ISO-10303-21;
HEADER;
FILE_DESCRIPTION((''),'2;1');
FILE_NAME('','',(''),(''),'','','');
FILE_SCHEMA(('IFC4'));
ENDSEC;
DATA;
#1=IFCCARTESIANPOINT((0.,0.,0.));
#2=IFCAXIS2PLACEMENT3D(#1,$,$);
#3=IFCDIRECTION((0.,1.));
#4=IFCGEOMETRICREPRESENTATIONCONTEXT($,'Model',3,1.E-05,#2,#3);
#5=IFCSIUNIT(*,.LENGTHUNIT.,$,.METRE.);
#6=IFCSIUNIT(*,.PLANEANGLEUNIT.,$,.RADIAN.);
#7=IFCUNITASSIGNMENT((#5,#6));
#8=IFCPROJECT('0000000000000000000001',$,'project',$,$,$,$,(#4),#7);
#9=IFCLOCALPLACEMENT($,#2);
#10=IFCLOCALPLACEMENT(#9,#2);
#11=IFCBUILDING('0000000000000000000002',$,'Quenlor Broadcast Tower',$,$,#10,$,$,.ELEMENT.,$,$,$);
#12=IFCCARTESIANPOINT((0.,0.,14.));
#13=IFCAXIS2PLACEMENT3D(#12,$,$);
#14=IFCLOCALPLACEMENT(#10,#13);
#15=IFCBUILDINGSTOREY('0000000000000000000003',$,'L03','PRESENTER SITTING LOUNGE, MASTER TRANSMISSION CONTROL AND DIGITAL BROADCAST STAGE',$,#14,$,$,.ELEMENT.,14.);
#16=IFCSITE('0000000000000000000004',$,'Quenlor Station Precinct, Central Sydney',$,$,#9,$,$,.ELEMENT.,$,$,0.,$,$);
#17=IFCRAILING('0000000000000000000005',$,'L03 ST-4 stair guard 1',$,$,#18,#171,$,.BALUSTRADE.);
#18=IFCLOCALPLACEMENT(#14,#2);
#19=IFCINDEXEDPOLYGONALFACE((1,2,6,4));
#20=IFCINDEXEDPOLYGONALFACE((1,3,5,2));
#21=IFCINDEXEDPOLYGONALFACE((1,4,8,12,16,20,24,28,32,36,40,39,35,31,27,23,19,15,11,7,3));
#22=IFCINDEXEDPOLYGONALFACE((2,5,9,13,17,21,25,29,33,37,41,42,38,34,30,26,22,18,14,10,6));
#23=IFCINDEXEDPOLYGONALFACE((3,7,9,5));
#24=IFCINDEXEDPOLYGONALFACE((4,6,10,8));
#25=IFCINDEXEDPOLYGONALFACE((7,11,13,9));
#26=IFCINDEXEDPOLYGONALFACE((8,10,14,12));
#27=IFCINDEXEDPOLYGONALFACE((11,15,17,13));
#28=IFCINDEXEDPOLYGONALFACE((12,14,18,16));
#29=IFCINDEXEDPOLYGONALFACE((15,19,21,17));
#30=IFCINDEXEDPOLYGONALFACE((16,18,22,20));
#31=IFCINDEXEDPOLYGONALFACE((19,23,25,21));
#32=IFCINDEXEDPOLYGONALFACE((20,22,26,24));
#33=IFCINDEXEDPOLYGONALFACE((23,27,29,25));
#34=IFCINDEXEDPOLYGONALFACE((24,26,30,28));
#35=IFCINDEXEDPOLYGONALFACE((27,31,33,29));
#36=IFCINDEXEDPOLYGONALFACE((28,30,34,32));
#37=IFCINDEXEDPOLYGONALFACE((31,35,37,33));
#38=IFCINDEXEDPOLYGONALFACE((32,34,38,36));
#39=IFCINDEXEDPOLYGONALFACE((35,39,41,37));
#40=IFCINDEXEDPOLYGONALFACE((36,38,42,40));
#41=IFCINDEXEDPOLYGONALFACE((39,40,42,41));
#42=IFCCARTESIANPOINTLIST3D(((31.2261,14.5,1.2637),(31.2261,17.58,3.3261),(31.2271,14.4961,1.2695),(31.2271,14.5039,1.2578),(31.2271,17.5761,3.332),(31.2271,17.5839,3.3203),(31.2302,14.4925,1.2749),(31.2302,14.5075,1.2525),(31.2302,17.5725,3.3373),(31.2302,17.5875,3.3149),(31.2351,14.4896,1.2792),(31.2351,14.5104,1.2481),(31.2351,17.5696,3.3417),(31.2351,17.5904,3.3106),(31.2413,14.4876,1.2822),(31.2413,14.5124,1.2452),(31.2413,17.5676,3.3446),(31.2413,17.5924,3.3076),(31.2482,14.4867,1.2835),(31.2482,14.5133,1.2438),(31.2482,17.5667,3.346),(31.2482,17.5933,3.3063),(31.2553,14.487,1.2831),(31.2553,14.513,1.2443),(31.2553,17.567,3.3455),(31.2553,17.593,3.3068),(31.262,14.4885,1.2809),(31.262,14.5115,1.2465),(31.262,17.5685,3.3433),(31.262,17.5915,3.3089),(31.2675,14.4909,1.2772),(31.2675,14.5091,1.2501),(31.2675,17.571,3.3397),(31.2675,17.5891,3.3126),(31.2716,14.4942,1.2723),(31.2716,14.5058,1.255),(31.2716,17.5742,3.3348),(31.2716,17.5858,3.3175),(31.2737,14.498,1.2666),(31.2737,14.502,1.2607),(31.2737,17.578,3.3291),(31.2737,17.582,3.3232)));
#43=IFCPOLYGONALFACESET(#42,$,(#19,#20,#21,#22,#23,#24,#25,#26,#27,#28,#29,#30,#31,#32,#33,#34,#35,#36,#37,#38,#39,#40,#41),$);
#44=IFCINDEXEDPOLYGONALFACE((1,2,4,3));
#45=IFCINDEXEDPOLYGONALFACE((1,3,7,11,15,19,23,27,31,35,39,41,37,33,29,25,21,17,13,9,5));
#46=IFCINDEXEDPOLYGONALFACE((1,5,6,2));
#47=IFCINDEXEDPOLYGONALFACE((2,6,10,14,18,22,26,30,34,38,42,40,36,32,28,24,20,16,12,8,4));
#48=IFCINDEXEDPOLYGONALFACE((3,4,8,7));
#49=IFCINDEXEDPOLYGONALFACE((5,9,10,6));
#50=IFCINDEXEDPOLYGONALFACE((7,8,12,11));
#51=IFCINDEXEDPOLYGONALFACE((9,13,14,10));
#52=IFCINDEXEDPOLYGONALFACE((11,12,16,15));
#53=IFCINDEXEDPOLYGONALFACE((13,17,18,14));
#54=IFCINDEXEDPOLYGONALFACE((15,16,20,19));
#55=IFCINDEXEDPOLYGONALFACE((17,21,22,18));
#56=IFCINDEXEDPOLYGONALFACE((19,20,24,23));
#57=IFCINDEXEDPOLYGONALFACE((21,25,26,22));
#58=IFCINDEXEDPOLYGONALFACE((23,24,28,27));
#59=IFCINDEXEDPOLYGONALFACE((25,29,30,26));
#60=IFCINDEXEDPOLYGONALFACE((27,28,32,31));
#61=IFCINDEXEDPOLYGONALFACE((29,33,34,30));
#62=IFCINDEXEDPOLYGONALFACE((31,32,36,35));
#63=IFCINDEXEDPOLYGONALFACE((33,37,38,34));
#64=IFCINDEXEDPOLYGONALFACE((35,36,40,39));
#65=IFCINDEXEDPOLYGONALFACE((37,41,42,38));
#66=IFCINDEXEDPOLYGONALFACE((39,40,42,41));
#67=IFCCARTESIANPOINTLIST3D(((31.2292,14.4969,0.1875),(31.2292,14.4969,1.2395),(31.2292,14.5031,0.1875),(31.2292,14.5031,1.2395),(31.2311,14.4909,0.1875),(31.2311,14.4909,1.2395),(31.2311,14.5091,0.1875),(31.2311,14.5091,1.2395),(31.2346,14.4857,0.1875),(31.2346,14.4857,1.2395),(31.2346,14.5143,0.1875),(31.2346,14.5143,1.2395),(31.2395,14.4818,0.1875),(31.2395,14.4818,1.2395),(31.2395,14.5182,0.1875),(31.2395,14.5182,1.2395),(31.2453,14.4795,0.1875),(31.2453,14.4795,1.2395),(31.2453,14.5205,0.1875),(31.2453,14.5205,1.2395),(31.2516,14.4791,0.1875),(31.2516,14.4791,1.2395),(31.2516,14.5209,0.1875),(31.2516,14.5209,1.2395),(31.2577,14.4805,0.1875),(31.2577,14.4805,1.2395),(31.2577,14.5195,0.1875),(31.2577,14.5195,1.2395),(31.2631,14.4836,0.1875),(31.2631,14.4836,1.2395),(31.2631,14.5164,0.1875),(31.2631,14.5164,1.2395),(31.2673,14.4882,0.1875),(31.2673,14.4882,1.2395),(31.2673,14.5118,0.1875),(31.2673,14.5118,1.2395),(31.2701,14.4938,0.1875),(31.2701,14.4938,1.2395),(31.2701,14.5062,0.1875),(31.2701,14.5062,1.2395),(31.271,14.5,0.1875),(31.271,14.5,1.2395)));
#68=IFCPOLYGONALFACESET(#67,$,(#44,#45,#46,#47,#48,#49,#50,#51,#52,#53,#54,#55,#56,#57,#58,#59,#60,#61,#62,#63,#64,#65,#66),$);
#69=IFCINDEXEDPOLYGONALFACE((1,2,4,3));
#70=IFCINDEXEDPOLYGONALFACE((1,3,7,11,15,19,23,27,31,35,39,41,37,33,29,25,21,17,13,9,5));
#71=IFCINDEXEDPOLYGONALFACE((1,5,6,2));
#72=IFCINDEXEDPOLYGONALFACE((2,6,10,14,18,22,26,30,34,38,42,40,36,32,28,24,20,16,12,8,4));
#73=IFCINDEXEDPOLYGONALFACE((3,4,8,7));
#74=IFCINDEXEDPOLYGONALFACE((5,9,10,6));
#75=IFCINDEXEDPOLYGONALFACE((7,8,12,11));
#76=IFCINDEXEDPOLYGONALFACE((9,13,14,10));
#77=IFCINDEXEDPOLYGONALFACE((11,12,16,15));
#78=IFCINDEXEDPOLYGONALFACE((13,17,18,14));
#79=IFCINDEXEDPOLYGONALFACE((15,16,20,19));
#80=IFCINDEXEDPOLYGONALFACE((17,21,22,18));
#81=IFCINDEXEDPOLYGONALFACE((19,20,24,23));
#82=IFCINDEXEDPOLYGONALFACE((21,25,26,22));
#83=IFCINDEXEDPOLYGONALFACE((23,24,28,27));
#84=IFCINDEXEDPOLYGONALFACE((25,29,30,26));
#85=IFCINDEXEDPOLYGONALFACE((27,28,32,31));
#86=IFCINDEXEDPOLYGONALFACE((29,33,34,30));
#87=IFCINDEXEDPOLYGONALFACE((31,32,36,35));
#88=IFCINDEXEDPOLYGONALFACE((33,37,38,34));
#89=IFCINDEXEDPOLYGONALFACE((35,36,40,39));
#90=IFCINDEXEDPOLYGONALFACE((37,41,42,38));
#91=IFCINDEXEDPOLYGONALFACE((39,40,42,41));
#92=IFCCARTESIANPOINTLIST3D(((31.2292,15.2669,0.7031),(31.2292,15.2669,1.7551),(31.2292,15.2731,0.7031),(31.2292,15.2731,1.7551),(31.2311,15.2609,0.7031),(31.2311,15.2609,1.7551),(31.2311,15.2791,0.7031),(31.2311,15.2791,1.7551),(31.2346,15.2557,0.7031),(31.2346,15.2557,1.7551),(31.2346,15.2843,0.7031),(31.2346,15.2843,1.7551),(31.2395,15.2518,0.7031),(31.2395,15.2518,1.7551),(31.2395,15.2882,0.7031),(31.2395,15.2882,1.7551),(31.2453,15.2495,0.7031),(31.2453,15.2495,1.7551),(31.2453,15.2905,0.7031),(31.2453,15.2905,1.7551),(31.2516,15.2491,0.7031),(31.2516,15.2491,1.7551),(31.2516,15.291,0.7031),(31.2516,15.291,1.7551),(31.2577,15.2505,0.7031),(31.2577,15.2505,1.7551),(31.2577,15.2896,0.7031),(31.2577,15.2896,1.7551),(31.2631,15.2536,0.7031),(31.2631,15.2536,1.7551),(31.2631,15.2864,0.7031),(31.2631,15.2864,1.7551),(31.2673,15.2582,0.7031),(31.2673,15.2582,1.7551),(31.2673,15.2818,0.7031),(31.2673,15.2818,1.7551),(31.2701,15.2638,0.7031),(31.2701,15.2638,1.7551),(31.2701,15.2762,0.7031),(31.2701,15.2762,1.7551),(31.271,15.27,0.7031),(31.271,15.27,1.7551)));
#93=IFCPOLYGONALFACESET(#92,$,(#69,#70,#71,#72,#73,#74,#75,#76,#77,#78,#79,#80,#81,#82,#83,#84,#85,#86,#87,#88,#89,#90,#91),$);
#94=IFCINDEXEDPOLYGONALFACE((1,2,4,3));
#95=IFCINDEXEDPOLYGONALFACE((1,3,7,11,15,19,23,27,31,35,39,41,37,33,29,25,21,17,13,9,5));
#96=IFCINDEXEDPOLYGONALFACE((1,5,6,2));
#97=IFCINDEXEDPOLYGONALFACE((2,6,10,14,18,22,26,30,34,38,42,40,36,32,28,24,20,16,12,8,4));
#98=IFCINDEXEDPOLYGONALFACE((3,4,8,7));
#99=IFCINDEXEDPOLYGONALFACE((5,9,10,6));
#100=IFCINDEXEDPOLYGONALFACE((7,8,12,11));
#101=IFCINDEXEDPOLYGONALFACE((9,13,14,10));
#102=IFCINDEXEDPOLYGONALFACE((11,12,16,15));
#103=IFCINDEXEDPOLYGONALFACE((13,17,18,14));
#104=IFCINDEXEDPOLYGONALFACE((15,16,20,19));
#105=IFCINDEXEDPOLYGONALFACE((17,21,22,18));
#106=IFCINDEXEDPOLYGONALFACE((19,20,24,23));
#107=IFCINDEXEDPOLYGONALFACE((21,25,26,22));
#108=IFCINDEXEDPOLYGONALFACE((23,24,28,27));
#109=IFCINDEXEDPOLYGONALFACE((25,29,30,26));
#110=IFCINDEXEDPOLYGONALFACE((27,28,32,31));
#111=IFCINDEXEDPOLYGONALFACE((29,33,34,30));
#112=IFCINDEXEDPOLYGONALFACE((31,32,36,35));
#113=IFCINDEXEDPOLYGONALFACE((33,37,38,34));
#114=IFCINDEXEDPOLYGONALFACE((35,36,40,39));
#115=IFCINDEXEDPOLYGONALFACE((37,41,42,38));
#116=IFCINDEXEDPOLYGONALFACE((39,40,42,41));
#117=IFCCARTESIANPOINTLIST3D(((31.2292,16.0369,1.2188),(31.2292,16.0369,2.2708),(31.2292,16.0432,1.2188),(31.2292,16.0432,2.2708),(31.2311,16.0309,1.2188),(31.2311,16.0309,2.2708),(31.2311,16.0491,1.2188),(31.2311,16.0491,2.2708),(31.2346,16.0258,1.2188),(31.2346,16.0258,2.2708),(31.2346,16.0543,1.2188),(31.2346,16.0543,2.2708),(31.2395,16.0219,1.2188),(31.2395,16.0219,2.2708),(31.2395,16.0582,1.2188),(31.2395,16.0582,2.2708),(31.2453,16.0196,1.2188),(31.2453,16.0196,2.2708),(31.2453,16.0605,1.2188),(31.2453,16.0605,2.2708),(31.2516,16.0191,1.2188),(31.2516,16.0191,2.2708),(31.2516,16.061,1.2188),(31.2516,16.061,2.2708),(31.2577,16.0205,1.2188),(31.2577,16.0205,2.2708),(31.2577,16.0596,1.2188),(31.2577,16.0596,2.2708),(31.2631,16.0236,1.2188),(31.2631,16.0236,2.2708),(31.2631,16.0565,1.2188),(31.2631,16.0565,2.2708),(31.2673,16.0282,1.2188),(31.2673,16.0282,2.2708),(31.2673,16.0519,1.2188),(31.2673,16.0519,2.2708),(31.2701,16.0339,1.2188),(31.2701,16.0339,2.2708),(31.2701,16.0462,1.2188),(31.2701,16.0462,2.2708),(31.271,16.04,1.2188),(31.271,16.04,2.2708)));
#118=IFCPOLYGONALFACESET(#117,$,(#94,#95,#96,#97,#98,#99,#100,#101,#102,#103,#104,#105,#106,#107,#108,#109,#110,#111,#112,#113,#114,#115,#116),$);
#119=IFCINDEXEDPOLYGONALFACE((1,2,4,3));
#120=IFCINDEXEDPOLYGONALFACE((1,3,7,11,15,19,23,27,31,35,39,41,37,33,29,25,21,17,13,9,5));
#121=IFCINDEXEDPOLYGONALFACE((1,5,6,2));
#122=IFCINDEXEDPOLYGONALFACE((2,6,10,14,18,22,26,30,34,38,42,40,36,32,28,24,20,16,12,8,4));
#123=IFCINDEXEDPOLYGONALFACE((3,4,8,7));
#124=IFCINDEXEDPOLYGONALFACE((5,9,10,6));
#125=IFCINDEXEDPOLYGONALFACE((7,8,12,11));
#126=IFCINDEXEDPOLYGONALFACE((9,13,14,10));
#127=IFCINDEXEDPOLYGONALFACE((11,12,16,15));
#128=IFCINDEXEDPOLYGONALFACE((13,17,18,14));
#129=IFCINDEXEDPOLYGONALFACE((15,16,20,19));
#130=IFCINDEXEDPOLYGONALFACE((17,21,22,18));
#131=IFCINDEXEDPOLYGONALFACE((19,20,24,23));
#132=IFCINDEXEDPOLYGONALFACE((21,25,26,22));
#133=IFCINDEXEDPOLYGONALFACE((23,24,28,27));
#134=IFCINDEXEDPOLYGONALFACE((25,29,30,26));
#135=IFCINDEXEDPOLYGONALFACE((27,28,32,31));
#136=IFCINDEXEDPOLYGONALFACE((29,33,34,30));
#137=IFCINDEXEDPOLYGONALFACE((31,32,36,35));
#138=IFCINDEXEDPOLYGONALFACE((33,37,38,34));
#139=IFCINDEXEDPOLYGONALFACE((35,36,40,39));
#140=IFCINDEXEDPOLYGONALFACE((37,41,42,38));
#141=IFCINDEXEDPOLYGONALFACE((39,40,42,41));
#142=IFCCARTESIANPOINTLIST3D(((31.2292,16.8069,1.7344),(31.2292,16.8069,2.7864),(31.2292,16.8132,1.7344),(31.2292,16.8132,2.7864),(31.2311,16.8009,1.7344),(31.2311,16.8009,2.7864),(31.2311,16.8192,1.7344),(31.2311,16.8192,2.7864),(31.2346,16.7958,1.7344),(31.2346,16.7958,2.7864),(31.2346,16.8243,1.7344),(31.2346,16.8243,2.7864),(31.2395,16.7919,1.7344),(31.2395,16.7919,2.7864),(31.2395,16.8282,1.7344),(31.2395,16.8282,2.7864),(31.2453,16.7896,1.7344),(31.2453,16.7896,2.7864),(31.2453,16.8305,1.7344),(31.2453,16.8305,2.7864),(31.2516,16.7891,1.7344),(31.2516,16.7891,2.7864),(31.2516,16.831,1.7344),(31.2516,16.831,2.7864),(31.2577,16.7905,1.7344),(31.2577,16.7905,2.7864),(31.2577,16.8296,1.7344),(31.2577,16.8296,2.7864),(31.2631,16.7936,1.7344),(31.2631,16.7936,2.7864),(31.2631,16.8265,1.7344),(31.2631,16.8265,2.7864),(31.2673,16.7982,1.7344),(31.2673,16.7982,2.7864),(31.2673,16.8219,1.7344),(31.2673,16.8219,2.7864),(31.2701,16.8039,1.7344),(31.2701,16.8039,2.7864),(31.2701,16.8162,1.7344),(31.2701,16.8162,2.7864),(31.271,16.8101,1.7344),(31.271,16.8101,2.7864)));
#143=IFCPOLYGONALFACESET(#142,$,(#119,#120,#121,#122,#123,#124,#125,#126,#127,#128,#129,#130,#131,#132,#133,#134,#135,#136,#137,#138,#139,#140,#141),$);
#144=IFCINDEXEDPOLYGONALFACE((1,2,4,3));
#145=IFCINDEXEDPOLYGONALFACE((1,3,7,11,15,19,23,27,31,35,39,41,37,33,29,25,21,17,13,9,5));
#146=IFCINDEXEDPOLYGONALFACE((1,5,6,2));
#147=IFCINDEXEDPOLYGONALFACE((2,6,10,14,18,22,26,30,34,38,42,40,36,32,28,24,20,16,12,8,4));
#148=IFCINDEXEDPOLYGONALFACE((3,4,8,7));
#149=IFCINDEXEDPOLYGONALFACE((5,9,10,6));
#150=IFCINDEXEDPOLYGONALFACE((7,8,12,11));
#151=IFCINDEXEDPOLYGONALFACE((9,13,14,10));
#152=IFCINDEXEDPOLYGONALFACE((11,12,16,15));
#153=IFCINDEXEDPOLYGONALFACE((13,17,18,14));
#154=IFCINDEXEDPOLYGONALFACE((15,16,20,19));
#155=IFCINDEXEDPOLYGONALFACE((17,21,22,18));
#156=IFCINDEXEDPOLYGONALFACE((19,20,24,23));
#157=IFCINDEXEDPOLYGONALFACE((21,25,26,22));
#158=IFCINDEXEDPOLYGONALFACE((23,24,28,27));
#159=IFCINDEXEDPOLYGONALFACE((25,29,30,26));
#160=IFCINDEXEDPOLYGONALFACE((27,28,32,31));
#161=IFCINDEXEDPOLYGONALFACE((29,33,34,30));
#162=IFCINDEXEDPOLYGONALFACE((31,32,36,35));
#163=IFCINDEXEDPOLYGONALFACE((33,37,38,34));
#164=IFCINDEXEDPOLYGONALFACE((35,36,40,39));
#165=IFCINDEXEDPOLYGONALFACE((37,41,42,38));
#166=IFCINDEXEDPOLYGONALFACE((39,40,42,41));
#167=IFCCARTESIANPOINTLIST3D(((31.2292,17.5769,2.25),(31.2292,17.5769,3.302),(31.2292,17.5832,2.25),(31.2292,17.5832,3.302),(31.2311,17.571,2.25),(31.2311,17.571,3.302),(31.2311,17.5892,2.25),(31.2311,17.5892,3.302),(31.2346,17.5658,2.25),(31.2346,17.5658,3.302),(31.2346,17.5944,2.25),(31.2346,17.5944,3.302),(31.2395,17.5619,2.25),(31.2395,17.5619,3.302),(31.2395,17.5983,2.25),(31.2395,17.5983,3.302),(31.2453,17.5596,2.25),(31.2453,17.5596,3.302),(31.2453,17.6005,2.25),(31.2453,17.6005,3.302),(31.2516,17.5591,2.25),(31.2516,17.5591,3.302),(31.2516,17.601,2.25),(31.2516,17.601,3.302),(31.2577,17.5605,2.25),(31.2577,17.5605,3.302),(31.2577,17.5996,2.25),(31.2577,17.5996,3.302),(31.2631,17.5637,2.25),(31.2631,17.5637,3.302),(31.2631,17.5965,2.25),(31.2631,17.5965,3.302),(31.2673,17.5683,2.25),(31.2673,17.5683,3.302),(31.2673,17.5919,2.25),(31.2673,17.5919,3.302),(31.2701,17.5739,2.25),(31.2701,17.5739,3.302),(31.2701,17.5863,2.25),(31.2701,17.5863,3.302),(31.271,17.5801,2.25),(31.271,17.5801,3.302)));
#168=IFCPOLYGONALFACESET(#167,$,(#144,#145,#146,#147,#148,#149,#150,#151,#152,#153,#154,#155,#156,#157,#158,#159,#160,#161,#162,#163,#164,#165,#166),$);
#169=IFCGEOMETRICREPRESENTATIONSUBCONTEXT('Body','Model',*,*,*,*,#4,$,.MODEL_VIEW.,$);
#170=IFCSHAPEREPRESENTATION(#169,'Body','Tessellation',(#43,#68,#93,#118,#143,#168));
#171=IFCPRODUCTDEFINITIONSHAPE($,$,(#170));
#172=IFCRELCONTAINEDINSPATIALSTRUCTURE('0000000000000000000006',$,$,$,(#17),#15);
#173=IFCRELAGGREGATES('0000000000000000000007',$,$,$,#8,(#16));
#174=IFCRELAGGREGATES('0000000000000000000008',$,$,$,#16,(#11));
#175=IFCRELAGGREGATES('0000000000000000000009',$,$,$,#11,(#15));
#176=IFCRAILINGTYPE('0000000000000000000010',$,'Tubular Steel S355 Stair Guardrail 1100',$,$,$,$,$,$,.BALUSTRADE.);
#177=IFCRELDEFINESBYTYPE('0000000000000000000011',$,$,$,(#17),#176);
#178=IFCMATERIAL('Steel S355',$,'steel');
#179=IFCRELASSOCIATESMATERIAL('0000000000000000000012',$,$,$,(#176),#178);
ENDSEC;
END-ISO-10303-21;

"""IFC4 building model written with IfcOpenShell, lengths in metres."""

from ifc_helpers import new_model, si_unit, direction, frame, origin, origin_2d, place, context, subcontext, project, spatial, circle, extrude, material, type_object, element, save


model = new_model("IFC4")

# Units and contexts
model_context = context("Model", 3, precision=1e-05, world=origin(), true_north=direction((0.0, 1.0)))
body_context = subcontext(model_context, "Body", "Model", "MODEL_VIEW")
ifc_project = project(units=[si_unit("LENGTHUNIT", "METRE"), si_unit("PLANEANGLEUNIT", "RADIAN")], contexts=[model_context])

# Site, building, storey
site_placement = place(None, origin())
site = spatial("IfcSite", under=ifc_project, at=site_placement, Name="Quenlor Station Precinct, Central Sydney", CompositionType="ELEMENT", RefElevation=0.0)
building_placement = place(site_placement, origin())
building = spatial("IfcBuilding", under=site, at=building_placement, Name="Quenlor Broadcast Tower", CompositionType="ELEMENT")
storey_placement = place(building_placement, frame((0.0, 0.0, 14.0)))
storey = spatial("IfcBuildingStorey", under=building, at=storey_placement, Name="L03", Description="PRESENTER SITTING LOUNGE, MASTER TRANSMISSION CONTROL AND DIGITAL BROADCAST STAGE", CompositionType="ELEMENT", Elevation=14.0)

# Railing
ifc_material_1 = material(Name="Steel S355", Category="steel")
railing_type_1 = type_object("IfcRailingType", Name="Tubular Steel S355 Stair Guardrail 1100", PredefinedType="BALUSTRADE", material=ifc_material_1)
railing_1_placement = place(storey_placement, frame((31.25, 14.5, 0.1875)))
element("IfcRailing", 1, at=railing_1_placement, inside=storey, type_object=railing_type_1, Name="L03 ST-4 stair guard 1", PredefinedType="BALUSTRADE", context=body_context, shape_type="SweptSolid", body=[
    extrude(circle(Radius=0.0239, at=origin_2d()), frame((0.0, 0.0, 1.0762), z_axis=(0.0, 0.830914, 0.556401), x_axis=(-1.0, 0.0, 0.0)), (0.0, 0.0, 1.0), 3.7068),
    extrude(circle(Radius=0.021, at=origin_2d()), origin(), (0.0, 0.0, 1.0), 1.052),
    extrude(circle(Radius=0.021, at=origin_2d()), frame((0.0, 0.77, 0.5156)), (0.0, 0.0, 1.0), 1.052),
    extrude(circle(Radius=0.021, at=origin_2d()), frame((0.0, 1.54, 1.0312)), (0.0, 0.0, 1.0), 1.052),
    extrude(circle(Radius=0.021, at=origin_2d()), frame((0.0, 2.3101, 1.5469)), (0.0, 0.0, 1.0), 1.052),
    extrude(circle(Radius=0.021, at=origin_2d()), frame((0.0, 3.0801, 2.0625)), (0.0, 0.0, 1.0), 1.052),
])

save(model, "model.ifc")
